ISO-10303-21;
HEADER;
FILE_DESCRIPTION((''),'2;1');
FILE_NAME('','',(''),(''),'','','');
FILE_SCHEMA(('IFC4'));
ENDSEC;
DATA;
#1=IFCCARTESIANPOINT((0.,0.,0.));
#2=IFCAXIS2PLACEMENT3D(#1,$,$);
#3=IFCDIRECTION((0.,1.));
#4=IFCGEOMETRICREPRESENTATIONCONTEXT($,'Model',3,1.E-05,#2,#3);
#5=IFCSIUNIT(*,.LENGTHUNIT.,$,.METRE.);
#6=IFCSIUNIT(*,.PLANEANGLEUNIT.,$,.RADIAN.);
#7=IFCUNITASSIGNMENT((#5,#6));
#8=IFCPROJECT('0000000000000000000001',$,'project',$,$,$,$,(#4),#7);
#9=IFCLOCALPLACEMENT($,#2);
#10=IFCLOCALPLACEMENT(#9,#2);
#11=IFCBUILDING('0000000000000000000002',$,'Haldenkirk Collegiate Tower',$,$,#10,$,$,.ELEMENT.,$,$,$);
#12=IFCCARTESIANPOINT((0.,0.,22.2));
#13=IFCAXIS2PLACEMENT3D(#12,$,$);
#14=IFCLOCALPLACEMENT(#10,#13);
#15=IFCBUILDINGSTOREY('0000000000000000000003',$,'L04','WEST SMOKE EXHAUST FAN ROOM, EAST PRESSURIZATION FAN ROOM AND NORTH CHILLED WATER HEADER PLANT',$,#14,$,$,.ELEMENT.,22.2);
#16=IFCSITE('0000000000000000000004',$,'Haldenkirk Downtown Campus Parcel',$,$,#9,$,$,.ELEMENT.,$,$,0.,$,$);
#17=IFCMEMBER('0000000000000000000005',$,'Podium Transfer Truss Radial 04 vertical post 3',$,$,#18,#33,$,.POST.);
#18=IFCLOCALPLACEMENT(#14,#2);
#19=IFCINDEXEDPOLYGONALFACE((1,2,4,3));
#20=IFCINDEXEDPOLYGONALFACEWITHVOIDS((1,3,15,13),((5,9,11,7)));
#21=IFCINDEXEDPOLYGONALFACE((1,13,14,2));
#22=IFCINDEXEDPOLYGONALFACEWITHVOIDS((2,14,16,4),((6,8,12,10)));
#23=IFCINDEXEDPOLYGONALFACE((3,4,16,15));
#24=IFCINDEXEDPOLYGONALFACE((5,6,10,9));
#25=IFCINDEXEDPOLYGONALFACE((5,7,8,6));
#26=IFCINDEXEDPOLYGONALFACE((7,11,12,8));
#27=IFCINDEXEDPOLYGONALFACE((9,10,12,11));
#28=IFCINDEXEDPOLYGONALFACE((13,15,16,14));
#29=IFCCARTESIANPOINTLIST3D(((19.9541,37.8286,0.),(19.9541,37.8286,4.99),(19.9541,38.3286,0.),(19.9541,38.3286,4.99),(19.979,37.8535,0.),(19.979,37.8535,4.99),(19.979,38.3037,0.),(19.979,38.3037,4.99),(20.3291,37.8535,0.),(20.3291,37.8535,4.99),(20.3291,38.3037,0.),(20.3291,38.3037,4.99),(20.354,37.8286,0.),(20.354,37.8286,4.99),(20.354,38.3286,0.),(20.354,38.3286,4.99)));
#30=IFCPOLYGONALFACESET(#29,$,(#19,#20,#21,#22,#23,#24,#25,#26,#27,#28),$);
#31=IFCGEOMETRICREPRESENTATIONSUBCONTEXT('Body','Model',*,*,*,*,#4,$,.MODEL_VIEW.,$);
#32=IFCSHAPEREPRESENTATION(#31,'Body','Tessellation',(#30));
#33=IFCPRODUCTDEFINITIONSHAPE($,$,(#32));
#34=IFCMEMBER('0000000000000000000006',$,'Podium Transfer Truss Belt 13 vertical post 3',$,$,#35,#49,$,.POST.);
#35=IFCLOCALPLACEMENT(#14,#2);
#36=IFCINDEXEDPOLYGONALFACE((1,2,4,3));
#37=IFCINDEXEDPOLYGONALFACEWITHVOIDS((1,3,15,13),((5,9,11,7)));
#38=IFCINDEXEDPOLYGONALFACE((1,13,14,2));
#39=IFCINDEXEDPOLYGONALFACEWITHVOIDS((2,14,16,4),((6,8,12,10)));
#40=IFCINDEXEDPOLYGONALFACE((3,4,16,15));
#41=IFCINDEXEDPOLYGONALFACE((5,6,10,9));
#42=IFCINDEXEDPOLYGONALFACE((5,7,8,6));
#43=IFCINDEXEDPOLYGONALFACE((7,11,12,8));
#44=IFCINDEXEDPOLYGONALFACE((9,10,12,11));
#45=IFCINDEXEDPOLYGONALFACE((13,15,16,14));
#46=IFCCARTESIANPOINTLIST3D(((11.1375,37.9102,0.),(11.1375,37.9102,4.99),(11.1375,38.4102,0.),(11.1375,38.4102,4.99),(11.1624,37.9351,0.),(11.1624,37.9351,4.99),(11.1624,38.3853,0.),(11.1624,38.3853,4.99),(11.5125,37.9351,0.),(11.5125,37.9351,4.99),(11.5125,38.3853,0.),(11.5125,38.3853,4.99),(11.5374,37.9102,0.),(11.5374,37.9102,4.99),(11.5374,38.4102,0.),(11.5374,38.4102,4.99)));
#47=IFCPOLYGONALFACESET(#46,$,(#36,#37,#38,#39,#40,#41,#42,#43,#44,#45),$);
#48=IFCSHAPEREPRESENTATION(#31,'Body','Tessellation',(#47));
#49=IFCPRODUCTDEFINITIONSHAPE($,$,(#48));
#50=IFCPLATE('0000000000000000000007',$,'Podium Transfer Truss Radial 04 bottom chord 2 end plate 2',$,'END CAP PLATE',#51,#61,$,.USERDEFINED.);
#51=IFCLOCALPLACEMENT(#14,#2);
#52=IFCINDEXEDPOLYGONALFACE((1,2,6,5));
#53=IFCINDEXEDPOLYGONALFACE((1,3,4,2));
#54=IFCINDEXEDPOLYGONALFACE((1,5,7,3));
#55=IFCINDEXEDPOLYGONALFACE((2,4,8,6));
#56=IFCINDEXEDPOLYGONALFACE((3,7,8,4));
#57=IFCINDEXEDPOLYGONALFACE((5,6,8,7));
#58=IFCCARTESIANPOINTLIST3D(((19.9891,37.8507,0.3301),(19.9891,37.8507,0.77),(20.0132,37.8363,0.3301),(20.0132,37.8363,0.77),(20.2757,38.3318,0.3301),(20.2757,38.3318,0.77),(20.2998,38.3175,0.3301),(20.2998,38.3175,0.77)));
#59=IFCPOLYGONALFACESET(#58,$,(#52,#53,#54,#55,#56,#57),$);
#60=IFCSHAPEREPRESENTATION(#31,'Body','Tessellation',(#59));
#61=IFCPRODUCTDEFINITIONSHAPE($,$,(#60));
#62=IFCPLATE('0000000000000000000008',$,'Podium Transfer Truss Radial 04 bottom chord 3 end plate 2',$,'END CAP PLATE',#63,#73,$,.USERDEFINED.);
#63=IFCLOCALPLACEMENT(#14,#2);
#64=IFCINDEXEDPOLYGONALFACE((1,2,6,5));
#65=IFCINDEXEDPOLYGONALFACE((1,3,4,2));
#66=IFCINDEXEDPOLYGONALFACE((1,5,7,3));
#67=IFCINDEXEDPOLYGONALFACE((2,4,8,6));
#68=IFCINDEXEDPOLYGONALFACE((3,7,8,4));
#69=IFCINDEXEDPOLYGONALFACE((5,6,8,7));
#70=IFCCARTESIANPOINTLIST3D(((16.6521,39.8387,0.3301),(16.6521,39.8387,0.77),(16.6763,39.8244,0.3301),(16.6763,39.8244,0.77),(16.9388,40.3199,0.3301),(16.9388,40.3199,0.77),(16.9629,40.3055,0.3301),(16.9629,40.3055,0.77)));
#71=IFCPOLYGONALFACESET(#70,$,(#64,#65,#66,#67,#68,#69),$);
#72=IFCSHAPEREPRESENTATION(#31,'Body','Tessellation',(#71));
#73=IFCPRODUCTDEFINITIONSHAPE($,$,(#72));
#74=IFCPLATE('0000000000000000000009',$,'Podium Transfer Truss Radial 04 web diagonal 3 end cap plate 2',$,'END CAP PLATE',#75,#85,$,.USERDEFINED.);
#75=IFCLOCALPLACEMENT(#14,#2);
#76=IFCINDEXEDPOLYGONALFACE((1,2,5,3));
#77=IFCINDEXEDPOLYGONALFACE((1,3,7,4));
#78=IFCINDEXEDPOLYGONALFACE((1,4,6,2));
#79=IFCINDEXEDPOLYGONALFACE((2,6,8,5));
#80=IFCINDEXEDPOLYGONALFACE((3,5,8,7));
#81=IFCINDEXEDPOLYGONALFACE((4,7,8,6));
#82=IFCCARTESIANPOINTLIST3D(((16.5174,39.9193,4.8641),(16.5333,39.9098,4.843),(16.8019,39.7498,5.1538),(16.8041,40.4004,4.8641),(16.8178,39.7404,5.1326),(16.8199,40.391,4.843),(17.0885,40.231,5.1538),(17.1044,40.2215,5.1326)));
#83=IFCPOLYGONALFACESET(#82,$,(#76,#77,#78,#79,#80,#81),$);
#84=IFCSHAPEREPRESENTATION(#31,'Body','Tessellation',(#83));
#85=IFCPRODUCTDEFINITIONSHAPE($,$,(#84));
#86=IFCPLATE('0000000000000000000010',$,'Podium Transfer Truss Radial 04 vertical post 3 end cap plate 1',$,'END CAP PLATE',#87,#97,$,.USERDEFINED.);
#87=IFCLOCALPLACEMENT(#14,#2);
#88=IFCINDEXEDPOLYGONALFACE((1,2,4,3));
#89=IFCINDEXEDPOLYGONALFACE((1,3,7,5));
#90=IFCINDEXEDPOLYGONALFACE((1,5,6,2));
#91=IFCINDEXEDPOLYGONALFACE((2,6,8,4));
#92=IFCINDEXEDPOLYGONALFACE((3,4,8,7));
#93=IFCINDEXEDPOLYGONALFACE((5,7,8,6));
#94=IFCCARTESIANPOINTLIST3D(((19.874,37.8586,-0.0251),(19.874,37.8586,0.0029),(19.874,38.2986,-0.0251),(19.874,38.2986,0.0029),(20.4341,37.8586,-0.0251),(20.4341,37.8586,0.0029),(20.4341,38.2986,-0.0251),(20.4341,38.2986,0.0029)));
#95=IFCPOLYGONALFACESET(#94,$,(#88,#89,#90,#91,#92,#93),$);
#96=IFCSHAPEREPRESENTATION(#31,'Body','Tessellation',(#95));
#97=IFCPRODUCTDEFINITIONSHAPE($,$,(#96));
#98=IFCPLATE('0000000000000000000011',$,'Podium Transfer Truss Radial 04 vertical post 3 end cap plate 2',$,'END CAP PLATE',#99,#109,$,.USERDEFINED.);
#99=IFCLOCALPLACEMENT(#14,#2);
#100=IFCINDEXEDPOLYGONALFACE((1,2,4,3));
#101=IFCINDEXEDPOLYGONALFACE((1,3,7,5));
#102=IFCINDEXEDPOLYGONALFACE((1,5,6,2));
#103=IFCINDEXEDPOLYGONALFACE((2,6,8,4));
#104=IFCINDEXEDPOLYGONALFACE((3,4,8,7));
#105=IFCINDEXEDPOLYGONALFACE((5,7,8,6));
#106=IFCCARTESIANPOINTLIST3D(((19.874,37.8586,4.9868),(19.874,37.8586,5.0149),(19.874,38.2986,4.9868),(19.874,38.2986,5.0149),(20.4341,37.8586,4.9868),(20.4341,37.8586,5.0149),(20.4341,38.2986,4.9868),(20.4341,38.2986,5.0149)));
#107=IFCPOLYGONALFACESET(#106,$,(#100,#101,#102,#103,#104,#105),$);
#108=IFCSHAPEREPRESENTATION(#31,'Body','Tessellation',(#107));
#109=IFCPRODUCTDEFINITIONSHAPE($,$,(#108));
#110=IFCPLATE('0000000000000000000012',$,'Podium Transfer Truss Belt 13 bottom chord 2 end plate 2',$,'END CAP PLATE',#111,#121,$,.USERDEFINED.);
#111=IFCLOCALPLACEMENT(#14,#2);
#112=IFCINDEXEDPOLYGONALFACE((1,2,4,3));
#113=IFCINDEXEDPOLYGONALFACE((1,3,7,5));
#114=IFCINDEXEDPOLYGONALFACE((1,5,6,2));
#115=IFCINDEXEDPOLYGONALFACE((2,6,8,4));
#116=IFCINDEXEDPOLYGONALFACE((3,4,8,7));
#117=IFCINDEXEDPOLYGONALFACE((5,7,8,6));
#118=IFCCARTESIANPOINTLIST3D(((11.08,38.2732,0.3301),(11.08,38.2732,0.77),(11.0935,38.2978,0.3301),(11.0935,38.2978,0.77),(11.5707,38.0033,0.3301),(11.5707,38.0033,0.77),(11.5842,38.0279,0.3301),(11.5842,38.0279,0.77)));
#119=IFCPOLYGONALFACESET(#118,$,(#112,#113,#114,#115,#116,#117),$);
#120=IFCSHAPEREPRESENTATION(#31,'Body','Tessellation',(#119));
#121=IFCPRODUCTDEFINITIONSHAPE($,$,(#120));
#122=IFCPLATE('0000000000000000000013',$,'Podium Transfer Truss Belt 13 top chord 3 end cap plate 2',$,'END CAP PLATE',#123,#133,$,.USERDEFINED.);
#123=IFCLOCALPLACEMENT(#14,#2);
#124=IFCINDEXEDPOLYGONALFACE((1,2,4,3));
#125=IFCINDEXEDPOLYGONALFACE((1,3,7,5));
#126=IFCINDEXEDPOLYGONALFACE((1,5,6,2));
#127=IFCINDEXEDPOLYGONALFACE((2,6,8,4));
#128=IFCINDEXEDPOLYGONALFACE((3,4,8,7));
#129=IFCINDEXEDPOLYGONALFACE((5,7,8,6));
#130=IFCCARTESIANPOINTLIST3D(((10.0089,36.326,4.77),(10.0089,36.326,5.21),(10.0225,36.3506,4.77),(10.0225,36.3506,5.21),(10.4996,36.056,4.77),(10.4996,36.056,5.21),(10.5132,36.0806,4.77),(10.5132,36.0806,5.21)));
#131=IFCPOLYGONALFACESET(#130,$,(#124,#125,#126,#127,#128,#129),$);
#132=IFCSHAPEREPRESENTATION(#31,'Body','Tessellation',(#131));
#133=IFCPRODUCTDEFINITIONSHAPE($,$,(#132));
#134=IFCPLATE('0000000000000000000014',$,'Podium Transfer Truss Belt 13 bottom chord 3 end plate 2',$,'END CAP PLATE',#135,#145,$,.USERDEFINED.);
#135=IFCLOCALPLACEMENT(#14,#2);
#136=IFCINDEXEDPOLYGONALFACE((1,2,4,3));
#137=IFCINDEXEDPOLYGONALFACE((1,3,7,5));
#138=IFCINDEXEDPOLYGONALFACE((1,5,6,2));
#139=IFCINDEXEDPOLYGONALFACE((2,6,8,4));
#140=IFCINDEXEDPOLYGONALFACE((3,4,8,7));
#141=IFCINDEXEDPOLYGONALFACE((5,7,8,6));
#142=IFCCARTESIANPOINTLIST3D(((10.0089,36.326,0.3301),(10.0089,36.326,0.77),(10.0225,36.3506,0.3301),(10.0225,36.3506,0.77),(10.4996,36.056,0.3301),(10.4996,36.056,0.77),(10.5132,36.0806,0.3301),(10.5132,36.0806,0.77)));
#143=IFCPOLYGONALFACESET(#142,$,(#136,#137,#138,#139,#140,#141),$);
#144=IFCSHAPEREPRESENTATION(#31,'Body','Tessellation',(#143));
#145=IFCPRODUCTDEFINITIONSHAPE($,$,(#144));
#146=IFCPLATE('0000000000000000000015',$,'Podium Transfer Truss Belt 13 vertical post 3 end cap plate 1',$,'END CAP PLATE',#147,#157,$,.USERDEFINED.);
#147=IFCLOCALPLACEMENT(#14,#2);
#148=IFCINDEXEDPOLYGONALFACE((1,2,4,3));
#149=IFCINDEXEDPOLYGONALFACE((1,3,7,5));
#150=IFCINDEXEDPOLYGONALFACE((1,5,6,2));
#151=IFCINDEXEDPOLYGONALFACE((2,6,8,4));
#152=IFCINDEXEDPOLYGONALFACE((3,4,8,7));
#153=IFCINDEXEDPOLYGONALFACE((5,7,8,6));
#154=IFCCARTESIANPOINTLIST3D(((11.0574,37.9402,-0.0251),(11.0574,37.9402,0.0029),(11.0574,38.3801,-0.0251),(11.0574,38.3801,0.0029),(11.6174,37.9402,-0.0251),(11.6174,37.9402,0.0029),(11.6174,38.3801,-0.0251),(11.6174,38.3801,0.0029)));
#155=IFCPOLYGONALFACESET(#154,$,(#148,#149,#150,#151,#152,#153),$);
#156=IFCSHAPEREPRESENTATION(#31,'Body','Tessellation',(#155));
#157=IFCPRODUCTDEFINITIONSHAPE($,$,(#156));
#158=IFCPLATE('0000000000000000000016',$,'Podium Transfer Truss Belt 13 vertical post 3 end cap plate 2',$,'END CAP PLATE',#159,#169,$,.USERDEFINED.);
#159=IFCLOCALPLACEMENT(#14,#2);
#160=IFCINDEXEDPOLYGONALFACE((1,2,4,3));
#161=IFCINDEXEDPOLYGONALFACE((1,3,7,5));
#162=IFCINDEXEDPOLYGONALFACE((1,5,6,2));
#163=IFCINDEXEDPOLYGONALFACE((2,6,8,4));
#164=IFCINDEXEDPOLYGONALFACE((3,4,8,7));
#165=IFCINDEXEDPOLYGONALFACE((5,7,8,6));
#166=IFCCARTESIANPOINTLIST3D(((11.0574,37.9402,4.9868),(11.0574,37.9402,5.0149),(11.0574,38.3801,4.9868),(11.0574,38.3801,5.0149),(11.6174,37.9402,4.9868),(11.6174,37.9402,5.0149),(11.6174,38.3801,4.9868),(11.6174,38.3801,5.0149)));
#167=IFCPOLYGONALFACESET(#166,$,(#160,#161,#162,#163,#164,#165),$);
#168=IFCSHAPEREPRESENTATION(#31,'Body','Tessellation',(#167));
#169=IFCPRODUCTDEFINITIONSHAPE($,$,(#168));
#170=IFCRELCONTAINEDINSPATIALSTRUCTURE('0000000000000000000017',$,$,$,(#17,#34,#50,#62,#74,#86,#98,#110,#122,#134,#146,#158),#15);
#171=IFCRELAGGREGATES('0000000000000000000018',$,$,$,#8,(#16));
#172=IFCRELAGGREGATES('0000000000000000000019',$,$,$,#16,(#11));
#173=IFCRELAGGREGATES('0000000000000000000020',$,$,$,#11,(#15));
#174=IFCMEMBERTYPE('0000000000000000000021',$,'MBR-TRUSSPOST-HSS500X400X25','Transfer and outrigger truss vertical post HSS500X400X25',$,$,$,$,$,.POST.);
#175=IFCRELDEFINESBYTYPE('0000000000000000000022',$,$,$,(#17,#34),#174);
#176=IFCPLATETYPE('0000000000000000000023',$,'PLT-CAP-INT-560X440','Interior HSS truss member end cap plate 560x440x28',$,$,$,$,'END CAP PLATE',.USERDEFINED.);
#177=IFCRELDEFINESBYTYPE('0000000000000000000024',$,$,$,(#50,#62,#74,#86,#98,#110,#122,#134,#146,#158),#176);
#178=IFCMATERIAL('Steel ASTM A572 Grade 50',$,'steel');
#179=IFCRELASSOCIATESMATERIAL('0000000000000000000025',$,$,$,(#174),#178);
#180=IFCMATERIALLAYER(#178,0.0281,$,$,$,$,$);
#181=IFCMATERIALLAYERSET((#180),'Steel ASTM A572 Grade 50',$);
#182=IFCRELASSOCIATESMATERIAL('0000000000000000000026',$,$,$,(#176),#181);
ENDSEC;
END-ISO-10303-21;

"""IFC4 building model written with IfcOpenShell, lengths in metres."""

from ifc_helpers import new_model, si_unit, direction, frame, origin, origin_2d, place, context, subcontext, project, spatial, rectangle, hollow_rectangle, extrude, source, transform, mapped, material, layer, layer_set, material_profile, profile_set, type_object, element, save


model = new_model("IFC4")

# Units and contexts
model_context = context("Model", 3, precision=1e-05, world=origin(), true_north=direction((0.0, 1.0)))
body_context = subcontext(model_context, "Body", "Model", "MODEL_VIEW")
ifc_project = project(units=[si_unit("LENGTHUNIT", "METRE"), si_unit("PLANEANGLEUNIT", "RADIAN")], contexts=[model_context])

# Site, building, storey
site_placement = place(None, origin())
site = spatial("IfcSite", under=ifc_project, at=site_placement, Name="Haldenkirk Downtown Campus Parcel", CompositionType="ELEMENT", RefElevation=0.0)
building_placement = place(site_placement, origin())
building = spatial("IfcBuilding", under=site, at=building_placement, Name="Haldenkirk Collegiate Tower", CompositionType="ELEMENT")
storey_placement = place(building_placement, frame((0.0, 0.0, 22.2)))
storey = spatial("IfcBuildingStorey", under=building, at=storey_placement, Name="L04", Description="WEST SMOKE EXHAUST FAN ROOM, EAST PRESSURIZATION FAN ROOM AND NORTH CHILLED WATER HEADER PLANT", CompositionType="ELEMENT", Elevation=22.2)

# Members
ifc_material_1 = material(Name="Steel ASTM A572 Grade 50", Category="steel")
ifc_material_profile_1 = material_profile(ifc_material_1, hollow_rectangle(XDim=0.3999, YDim=0.5, WallThickness=0.0249, at=origin_2d()), Name="HSS500X400X25")
ifc_profile_set_1 = profile_set([ifc_material_profile_1], Name="Steel ASTM A572 Grade 50")
member_type_1 = type_object("IfcMemberType", Name="MBR-TRUSSPOST-HSS500X400X25", Description="Transfer and outrigger truss vertical post HSS500X400X25", PredefinedType="POST", material=ifc_profile_set_1)
for number, where, z_axis, x_axis, name in (
    (1, (20.1541, 38.0786, 0.0), (0.0, 0.0, 1.0), (1.0, 0.0, 0.0), "Podium Transfer Truss Radial 04 vertical post 3"),
    (2, (11.3374, 38.1602, 0.0), (0.0, 0.0, 1.0), (1.0, 0.0, 0.0), "Podium Transfer Truss Belt 13 vertical post 3"),
):
    element("IfcMember", number, at=place(storey_placement, frame(where, z_axis=z_axis, x_axis=x_axis)), inside=storey, type_object=member_type_1, Name=name, PredefinedType="POST", context=body_context, shape_type="SweptSolid", body=[
        extrude(hollow_rectangle(XDim=0.3999, YDim=0.5, WallThickness=0.0249, at=origin_2d()), origin(), (0.0, 0.0, 1.0), 4.99),
    ])

# Plates
ifc_layer_1 = layer(ifc_material_1, 0.0281)
ifc_layer_set_1 = layer_set([ifc_layer_1], Name="Steel ASTM A572 Grade 50")
plate_type = type_object("IfcPlateType", Name="PLT-CAP-INT-560X440", Description="Interior HSS truss member end cap plate 560x440x28", ElementType="END CAP PLATE", PredefinedType="USERDEFINED", material=ifc_layer_set_1)
shared_shape = source(origin(), body_context, "Body", "SweptSolid", [
    extrude(rectangle(XDim=0.5601, YDim=0.4399, at=origin_2d()), origin(), (0.0, 0.0, 1.0), 0.0281),
])
for number, where, z_axis, x_axis, name in (
    (3, (20.1565, 38.0769, 0.55), (-0.859104, 0.511801, 0.0), (-0.511801, -0.859104, 0.0), "Podium Transfer Truss Radial 04 bottom chord 2 end plate 2"),
    (4, (16.8196, 40.0649, 0.55), (-0.859104, 0.511801, 0.0), (-0.511801, -0.859104, 0.0), "Podium Transfer Truss Radial 04 bottom chord 3 end plate 2"),
    (5, (16.8188, 40.0657, 4.9878), (-0.565664, 0.336991, 0.752636), (-0.511805, -0.859102, 0.0), "Podium Transfer Truss Radial 04 web diagonal 3 end cap plate 2"),
    (6, (20.1541, 38.0786, 0.0029), (0.0, 0.0, -1.0), (1.0, 0.0, 0.0), "Podium Transfer Truss Radial 04 vertical post 3 end cap plate 1"),
    (7, (20.1541, 38.0786, 4.9868), (0.0, 0.0, 1.0), (1.0, 0.0, 0.0), "Podium Transfer Truss Radial 04 vertical post 3 end cap plate 2"),
    (8, (11.3389, 38.1628, 0.55), (-0.48202, -0.87616, 0.0), (0.87616, -0.48202, 0.0), "Podium Transfer Truss Belt 13 bottom chord 2 end plate 2"),
    (9, (10.2678, 36.2156, 4.99), (-0.482002, -0.87617, 0.0), (0.87617, -0.482002, 0.0), "Podium Transfer Truss Belt 13 top chord 3 end cap plate 2"),
    (10, (10.2678, 36.2156, 0.55), (-0.48202, -0.87616, 0.0), (0.87616, -0.48202, 0.0), "Podium Transfer Truss Belt 13 bottom chord 3 end plate 2"),
    (11, (11.3374, 38.1602, 0.0029), (0.0, 0.0, -1.0), (1.0, 0.0, 0.0), "Podium Transfer Truss Belt 13 vertical post 3 end cap plate 1"),
    (12, (11.3374, 38.1602, 4.9868), (0.0, 0.0, 1.0), (1.0, 0.0, 0.0), "Podium Transfer Truss Belt 13 vertical post 3 end cap plate 2"),
):
    element("IfcPlate", number, at=place(storey_placement, frame(where, z_axis=z_axis, x_axis=x_axis)), inside=storey, type_object=plate_type, Name=name, ObjectType="END CAP PLATE", PredefinedType="USERDEFINED", context=body_context, shape_type="MappedRepresentation", body=[
        mapped(shared_shape, transform((0.0, 0.0, 0.0), x_axis=(1.0, 0.0, 0.0), y_axis=(0.0, 1.0, 0.0), z_axis=(0.0, 0.0, 1.0), scale=1.0)),
    ])

save(model, "model.ifc")
